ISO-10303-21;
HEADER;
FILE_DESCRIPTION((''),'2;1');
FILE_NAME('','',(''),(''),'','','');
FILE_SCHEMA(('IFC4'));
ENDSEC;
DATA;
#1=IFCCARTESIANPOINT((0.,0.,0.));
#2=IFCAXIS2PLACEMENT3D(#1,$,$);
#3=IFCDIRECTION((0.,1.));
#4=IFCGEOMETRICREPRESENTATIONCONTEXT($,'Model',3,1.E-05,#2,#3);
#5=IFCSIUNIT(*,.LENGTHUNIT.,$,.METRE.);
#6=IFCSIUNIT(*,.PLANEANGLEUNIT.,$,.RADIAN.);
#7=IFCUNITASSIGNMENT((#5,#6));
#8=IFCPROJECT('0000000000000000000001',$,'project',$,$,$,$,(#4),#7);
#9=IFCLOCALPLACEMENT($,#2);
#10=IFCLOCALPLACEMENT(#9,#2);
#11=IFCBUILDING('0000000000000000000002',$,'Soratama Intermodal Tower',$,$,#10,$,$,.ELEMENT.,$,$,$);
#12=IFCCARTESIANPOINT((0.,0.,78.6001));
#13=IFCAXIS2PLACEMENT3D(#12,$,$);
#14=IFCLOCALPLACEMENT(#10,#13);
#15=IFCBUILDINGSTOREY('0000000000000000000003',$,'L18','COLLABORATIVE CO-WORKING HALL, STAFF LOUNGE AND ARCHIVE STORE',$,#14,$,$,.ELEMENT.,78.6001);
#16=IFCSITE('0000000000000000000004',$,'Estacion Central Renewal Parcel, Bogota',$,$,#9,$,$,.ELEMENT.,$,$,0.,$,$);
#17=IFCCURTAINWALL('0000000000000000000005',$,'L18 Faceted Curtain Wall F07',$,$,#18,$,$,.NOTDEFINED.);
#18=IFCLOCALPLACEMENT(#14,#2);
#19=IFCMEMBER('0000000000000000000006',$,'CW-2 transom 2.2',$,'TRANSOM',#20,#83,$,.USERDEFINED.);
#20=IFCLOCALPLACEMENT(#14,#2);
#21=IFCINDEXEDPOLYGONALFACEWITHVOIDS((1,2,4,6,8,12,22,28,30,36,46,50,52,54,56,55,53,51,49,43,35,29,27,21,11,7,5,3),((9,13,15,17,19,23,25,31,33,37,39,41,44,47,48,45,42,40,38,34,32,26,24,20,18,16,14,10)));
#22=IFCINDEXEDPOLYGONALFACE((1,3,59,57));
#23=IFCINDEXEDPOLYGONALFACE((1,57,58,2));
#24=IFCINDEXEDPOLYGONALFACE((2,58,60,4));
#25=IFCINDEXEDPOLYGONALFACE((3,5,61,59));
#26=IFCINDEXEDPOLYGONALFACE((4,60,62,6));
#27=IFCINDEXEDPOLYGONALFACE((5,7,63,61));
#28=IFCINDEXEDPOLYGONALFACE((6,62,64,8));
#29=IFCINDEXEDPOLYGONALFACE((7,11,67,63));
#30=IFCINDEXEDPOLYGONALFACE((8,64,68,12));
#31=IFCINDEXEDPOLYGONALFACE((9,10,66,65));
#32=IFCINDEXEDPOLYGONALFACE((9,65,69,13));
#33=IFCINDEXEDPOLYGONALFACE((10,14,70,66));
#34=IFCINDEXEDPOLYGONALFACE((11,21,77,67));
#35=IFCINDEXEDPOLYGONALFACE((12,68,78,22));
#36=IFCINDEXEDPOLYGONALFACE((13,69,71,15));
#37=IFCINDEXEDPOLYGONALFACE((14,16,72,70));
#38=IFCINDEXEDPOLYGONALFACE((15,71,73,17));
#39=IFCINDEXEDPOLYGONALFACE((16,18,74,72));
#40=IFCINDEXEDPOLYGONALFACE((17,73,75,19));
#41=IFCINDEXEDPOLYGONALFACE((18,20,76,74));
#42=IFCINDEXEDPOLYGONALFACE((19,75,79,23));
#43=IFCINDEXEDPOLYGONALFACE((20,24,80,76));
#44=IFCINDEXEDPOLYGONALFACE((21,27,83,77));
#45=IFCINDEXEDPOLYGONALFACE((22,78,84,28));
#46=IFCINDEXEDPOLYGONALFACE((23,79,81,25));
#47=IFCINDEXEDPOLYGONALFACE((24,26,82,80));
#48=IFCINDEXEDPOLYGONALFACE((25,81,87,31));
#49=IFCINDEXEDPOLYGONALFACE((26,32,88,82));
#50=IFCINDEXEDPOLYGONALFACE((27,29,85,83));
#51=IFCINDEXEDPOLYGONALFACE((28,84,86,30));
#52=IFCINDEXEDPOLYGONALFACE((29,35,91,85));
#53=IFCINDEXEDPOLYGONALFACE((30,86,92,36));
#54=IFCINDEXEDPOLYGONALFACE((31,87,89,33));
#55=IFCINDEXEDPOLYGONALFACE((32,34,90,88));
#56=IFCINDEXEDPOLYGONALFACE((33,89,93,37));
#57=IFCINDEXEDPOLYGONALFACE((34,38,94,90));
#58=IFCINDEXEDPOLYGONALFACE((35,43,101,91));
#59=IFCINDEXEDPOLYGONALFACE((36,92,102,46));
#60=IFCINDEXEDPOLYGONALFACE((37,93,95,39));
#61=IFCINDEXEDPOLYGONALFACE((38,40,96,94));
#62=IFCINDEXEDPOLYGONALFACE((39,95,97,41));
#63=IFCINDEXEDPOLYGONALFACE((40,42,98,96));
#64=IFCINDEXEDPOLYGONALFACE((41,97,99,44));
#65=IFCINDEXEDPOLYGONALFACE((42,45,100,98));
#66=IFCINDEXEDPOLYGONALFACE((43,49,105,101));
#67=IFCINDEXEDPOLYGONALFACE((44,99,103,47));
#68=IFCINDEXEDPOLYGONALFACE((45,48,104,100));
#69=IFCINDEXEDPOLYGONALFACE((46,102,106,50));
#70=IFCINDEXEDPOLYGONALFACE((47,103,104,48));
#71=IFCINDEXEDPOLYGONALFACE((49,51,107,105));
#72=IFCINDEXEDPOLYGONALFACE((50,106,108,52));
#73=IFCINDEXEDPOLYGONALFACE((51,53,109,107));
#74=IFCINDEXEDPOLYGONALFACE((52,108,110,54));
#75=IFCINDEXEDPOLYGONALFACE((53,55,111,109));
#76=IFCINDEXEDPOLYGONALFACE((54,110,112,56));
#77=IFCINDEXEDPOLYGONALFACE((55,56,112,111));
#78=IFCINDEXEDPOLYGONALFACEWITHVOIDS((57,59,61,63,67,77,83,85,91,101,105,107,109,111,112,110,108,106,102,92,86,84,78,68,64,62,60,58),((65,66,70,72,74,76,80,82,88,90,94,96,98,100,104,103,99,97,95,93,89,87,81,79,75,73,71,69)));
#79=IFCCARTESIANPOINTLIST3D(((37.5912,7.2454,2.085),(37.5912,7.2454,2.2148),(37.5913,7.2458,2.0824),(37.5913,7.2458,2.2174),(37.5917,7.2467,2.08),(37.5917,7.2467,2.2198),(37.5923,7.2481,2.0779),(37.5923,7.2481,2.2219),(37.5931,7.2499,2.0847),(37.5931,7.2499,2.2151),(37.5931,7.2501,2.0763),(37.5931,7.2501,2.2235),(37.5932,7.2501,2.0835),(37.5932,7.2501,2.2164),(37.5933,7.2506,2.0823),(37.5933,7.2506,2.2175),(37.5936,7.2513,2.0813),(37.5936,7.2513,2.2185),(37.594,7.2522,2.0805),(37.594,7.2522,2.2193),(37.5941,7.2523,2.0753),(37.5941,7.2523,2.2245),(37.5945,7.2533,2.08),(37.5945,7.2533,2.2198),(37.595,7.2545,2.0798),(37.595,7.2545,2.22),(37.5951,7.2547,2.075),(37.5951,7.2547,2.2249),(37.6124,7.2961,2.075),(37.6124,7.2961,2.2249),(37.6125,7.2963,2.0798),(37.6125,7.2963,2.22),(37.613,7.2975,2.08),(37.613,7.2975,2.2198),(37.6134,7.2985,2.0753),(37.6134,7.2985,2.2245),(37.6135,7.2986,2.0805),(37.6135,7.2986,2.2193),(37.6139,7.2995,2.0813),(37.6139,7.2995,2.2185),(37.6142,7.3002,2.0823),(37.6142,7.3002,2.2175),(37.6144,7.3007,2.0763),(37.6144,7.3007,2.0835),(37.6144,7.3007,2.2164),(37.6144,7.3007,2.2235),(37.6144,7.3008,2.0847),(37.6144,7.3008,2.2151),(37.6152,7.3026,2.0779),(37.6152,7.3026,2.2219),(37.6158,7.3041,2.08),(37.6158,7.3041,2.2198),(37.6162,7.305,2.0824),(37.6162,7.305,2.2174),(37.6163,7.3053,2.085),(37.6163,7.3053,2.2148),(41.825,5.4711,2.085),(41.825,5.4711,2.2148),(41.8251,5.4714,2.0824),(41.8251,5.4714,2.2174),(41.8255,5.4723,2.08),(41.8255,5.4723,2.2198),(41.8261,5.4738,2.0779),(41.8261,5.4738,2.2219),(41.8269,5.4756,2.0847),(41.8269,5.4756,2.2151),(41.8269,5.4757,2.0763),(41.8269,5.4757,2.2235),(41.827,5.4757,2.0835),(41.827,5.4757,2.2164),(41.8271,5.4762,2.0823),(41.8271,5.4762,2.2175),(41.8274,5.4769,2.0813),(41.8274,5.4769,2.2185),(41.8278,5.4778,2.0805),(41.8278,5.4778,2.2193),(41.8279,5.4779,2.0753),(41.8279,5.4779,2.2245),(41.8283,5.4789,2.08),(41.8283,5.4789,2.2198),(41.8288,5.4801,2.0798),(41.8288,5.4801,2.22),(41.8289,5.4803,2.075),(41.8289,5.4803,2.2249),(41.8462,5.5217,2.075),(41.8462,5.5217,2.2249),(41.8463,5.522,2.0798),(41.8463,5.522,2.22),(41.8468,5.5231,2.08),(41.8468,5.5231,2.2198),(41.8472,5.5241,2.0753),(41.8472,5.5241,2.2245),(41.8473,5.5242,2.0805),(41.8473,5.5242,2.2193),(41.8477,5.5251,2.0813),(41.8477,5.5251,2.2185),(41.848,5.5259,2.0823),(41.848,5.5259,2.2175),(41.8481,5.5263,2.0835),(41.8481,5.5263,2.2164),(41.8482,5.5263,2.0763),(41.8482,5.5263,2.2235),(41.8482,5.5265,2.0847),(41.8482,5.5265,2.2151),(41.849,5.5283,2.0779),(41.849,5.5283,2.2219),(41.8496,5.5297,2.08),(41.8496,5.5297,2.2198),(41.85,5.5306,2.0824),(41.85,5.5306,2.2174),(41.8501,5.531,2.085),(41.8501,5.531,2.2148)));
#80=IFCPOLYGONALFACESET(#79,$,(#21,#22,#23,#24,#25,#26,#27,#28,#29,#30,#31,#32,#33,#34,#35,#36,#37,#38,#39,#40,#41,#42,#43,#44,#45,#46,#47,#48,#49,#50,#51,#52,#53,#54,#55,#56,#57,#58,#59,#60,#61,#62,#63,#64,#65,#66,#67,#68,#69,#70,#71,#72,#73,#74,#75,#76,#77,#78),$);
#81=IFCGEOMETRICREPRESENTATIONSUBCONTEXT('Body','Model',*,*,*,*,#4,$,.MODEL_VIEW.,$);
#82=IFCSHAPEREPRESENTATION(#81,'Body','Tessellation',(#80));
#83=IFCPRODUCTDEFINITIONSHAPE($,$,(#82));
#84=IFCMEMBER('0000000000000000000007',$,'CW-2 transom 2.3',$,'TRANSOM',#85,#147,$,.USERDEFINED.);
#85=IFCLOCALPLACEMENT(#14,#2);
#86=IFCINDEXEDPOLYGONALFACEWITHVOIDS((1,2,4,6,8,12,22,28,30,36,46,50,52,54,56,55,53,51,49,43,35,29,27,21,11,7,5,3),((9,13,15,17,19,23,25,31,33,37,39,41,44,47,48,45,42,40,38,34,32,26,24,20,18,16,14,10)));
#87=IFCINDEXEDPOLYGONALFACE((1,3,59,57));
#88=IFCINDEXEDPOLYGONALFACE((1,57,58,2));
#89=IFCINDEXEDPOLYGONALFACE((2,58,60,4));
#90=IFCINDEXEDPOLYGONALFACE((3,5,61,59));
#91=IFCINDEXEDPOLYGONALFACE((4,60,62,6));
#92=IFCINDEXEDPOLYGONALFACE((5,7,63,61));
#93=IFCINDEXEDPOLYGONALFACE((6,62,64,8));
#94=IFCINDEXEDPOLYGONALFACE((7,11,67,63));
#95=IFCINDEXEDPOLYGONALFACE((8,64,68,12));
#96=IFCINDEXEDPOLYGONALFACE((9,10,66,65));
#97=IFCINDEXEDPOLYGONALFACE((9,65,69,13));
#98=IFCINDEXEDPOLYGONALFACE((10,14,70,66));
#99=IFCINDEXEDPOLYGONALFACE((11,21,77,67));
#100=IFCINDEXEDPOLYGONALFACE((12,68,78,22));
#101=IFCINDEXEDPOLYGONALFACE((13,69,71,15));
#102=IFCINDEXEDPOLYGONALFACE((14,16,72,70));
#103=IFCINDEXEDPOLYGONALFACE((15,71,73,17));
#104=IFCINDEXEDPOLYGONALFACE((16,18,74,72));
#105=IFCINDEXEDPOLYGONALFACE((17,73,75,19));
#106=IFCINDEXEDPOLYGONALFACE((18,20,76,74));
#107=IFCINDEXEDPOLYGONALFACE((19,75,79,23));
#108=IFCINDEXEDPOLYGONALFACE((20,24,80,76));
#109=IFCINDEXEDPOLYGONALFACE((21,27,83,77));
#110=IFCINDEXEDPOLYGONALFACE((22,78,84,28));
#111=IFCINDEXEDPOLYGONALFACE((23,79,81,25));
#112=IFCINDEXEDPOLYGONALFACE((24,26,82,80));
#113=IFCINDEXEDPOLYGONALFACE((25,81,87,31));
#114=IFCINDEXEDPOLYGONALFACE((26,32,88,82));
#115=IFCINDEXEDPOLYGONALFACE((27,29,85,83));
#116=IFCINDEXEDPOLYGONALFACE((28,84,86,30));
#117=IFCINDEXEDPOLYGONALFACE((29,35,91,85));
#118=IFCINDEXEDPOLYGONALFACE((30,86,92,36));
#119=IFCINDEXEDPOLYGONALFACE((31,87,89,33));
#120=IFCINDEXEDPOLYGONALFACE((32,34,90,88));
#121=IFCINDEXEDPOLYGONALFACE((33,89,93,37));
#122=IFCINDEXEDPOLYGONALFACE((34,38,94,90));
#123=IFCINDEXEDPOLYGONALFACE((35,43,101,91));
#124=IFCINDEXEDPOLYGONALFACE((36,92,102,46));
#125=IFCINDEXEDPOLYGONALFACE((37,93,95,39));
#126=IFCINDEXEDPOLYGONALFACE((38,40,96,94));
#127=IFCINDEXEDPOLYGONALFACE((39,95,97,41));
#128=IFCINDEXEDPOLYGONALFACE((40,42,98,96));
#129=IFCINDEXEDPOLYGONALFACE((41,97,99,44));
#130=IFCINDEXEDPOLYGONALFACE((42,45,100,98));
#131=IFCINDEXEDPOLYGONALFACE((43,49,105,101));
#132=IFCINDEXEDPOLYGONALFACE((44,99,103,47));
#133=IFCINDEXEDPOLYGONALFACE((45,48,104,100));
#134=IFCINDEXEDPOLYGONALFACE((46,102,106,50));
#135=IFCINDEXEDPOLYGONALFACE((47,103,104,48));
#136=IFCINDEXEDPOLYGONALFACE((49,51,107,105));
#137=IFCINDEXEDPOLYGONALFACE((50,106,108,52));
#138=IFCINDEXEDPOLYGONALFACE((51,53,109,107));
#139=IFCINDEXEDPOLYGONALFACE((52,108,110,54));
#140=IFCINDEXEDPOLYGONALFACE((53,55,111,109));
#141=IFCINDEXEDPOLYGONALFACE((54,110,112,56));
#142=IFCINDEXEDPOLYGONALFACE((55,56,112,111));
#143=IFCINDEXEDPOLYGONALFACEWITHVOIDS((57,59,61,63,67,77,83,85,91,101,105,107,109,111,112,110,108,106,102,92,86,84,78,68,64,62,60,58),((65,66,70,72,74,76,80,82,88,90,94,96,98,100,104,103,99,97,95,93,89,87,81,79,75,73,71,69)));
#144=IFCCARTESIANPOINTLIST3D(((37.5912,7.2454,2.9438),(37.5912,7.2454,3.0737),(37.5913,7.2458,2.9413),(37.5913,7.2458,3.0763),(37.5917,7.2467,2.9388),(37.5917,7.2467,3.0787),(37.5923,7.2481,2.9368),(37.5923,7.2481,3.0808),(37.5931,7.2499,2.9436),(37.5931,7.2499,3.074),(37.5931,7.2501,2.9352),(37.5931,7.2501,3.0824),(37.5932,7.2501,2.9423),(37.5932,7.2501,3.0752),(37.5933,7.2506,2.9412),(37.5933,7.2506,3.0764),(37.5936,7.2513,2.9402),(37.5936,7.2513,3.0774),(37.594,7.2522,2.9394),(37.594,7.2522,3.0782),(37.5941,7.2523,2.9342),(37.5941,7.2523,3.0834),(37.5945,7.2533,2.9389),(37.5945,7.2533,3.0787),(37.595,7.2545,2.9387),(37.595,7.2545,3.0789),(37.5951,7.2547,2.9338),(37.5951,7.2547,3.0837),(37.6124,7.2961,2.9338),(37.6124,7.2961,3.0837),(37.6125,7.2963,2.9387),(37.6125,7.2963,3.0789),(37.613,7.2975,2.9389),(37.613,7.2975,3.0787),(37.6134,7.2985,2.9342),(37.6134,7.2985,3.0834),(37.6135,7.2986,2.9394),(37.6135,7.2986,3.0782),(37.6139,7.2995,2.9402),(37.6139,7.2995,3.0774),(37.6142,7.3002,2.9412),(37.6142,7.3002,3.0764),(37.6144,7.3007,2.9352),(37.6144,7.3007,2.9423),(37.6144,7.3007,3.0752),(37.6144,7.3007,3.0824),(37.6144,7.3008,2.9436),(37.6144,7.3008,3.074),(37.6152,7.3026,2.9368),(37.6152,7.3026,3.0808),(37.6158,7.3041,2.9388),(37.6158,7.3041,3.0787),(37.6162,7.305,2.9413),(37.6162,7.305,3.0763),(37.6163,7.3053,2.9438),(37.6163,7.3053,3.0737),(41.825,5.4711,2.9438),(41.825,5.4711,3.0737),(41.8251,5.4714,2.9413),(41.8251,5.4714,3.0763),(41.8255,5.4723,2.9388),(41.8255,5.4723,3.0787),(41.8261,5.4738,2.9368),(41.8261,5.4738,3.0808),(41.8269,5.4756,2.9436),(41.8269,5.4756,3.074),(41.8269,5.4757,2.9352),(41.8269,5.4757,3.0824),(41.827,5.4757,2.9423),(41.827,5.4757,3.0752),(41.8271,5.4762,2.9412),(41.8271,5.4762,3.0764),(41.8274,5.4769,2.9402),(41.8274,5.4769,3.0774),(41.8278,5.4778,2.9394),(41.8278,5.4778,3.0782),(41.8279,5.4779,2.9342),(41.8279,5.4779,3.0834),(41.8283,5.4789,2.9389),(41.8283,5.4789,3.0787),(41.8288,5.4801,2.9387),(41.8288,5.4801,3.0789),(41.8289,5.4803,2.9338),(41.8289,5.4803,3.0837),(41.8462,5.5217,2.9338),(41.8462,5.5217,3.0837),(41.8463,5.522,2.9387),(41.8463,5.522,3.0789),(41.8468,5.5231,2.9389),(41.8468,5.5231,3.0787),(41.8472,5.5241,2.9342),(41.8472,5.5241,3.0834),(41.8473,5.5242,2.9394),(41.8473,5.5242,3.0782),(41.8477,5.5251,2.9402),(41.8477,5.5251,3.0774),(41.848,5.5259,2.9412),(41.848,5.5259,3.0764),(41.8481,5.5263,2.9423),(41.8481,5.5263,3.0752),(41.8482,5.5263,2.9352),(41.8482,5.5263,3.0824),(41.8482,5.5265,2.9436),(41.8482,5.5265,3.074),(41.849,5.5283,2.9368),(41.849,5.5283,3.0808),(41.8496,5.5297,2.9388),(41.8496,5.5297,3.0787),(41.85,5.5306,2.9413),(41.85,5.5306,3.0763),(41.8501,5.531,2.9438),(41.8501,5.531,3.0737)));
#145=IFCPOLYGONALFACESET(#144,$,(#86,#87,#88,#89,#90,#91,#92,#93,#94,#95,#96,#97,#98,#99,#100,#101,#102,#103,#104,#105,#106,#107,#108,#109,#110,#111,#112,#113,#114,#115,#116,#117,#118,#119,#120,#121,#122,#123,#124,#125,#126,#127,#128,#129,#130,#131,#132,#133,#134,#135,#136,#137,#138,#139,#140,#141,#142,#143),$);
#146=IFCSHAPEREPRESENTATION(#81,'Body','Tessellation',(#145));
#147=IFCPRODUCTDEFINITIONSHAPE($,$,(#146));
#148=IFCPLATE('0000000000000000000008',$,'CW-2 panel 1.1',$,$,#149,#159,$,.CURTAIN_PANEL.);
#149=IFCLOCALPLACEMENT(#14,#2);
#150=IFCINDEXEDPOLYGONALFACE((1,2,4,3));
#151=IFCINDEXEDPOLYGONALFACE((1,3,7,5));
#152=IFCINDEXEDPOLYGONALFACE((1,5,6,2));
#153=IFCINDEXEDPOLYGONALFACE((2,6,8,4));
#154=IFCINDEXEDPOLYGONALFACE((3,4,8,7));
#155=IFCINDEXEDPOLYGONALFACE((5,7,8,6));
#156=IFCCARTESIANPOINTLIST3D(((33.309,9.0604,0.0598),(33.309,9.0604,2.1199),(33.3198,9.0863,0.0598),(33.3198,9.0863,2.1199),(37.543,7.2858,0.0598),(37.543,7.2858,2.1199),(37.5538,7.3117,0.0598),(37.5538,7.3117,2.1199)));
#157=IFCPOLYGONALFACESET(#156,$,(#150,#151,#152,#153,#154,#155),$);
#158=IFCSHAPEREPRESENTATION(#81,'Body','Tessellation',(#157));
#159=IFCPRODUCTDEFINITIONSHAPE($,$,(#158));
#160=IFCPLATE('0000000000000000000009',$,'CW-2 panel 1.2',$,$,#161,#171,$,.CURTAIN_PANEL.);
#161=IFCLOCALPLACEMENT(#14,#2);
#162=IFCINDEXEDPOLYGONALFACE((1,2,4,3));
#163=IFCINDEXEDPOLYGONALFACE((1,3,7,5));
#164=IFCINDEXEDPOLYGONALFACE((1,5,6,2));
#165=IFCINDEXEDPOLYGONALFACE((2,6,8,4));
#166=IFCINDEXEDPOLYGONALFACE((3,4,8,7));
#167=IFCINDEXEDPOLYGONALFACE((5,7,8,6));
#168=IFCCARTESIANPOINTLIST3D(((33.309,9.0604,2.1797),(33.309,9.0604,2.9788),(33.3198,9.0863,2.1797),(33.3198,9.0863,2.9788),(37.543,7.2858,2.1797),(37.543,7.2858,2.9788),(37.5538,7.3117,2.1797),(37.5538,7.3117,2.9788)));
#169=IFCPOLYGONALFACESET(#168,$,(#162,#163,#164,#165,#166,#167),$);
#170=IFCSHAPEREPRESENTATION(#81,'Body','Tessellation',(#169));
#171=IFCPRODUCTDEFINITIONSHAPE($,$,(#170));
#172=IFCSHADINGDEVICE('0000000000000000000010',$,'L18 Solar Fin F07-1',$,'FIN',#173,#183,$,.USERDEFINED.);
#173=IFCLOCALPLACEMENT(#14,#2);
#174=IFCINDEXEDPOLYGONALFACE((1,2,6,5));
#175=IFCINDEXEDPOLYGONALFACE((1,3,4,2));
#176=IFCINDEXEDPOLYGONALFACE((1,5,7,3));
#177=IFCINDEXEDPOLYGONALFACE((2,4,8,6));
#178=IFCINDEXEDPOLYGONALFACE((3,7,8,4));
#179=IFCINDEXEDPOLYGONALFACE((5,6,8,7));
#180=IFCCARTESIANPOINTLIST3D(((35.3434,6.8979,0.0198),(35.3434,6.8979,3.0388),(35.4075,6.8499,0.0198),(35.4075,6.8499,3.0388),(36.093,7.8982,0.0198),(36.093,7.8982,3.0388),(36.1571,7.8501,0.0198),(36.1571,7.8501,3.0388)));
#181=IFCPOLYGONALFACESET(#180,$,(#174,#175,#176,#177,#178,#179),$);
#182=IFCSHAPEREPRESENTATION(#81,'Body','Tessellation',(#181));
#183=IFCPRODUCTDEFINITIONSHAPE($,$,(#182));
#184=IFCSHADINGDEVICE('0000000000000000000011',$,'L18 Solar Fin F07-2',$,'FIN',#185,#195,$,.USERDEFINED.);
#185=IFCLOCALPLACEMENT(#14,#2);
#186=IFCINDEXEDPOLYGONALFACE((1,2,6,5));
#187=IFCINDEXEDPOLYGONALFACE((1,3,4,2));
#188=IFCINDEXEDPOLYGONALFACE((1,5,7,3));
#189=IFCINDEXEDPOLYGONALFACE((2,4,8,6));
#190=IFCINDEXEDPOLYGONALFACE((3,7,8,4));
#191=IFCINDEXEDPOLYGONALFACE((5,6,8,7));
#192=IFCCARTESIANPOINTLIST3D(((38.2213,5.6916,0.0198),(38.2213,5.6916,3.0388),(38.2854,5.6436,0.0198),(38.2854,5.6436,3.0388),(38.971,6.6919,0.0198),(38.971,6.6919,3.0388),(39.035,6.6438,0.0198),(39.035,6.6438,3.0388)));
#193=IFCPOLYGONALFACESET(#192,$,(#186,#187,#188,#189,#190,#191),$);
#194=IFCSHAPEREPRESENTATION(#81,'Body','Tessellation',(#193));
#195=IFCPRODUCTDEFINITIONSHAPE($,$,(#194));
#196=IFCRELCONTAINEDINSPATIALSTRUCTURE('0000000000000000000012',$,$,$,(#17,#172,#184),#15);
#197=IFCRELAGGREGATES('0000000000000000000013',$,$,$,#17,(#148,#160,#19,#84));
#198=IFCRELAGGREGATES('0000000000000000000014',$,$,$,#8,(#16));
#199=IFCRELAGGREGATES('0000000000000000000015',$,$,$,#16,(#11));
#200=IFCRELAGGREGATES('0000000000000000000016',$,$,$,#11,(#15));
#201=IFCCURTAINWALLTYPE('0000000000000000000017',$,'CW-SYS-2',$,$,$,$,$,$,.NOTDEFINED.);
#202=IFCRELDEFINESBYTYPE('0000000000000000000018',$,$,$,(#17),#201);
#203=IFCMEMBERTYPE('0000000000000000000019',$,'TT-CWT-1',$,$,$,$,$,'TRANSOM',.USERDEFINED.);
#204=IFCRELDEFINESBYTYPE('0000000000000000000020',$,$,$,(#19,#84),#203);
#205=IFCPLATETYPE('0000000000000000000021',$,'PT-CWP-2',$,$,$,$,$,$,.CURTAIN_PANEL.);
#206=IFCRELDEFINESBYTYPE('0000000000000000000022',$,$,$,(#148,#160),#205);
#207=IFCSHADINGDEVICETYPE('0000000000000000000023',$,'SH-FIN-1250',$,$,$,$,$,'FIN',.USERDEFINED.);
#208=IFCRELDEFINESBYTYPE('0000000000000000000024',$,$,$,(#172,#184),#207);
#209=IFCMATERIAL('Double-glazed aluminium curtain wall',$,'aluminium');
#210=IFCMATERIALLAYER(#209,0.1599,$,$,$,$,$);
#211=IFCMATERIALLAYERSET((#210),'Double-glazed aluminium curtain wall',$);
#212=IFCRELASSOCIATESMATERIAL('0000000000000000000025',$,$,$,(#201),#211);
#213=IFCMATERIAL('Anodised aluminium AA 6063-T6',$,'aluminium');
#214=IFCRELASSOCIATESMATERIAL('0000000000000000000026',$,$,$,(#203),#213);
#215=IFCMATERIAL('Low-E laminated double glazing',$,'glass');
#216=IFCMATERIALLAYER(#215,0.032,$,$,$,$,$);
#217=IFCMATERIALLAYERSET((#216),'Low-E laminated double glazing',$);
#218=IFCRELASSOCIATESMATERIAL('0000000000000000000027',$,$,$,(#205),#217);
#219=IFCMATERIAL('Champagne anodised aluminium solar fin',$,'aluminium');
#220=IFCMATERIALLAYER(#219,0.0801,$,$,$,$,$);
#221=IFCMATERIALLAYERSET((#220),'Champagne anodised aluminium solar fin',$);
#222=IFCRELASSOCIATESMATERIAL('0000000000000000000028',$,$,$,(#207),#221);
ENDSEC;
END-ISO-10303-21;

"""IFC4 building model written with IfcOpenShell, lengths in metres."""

from ifc_helpers import new_model, si_unit, direction, frame, origin, origin_2d, place, context, subcontext, project, spatial, rectangle, hollow_rectangle, extrude, material, layer, layer_set, material_profile, profile_set, type_object, element, aggregate, save


model = new_model("IFC4")

# Units and contexts
model_context = context("Model", 3, precision=1e-05, world=origin(), true_north=direction((0.0, 1.0)))
body_context = subcontext(model_context, "Body", "Model", "MODEL_VIEW")
ifc_project = project(units=[si_unit("LENGTHUNIT", "METRE"), si_unit("PLANEANGLEUNIT", "RADIAN")], contexts=[model_context])

# Site, building, storey
site_placement = place(None, origin())
site = spatial("IfcSite", under=ifc_project, at=site_placement, Name="Estacion Central Renewal Parcel, Bogota", CompositionType="ELEMENT", RefElevation=0.0)
building_placement = place(site_placement, origin())
building = spatial("IfcBuilding", under=site, at=building_placement, Name="Soratama Intermodal Tower", CompositionType="ELEMENT")
storey_placement = place(building_placement, frame((0.0, 0.0, 78.6001)))
storey = spatial("IfcBuildingStorey", under=building, at=storey_placement, Name="L18", Description="COLLABORATIVE CO-WORKING HALL, STAFF LOUNGE AND ARCHIVE STORE", CompositionType="ELEMENT", Elevation=78.6001)

# Curtain wall, members, plates
ifc_material_1 = material(Name="Double-glazed aluminium curtain wall", Category="aluminium")
ifc_layer_1 = layer(ifc_material_1, 0.1599)
ifc_layer_set_1 = layer_set([ifc_layer_1], Name="Double-glazed aluminium curtain wall")
curtain_wall_type = type_object("IfcCurtainWallType", Name="CW-SYS-2", PredefinedType="NOTDEFINED", material=ifc_layer_set_1)
curtain_wall_placement = place(storey_placement, origin())
curtain_wall = element("IfcCurtainWall", 1, at=curtain_wall_placement, inside=storey, type_object=curtain_wall_type, Name="L18 Faceted Curtain Wall F07", PredefinedType="NOTDEFINED")
ifc_material_2 = material(Name="Anodised aluminium AA 6063-T6", Category="aluminium")
ifc_material_profile_1 = material_profile(ifc_material_2, hollow_rectangle(XDim=0.0649, YDim=0.1499, WallThickness=0.0049, InnerFilletRadius=0.0049, OuterFilletRadius=0.01, at=origin_2d()), Name="CWT150X65X5")
ifc_profile_set_1 = profile_set([ifc_material_profile_1], Name="Anodised aluminium AA 6063-T6")
member_type_1 = type_object("IfcMemberType", Name="TT-CWT-1", ElementType="TRANSOM", PredefinedType="USERDEFINED", material=ifc_profile_set_1)
member_1_placement = place(storey_placement, frame((37.6038, 7.2754, 2.1499), z_axis=(0.922279, -0.386525, 0.0), x_axis=(0.386525, 0.922279, 0.0)))
member_1 = element("IfcMember", 2, at=member_1_placement, type_object=member_type_1, Name="CW-2 transom 2.2", ObjectType="TRANSOM", PredefinedType="USERDEFINED", context=body_context, shape_type="SweptSolid", body=[
    extrude(hollow_rectangle(XDim=0.0649, YDim=0.1499, WallThickness=0.0049, InnerFilletRadius=0.0049, OuterFilletRadius=0.01, at=origin_2d()), origin(), (0.0, 0.0, 1.0), 4.5906),
])
member_2_placement = place(storey_placement, frame((37.6038, 7.2754, 3.0088), z_axis=(0.922279, -0.386525, 0.0), x_axis=(0.386525, 0.922279, 0.0)))
member_2 = element("IfcMember", 3, at=member_2_placement, type_object=member_type_1, Name="CW-2 transom 2.3", ObjectType="TRANSOM", PredefinedType="USERDEFINED", context=body_context, shape_type="SweptSolid", body=[
    extrude(hollow_rectangle(XDim=0.0649, YDim=0.1499, WallThickness=0.0049, InnerFilletRadius=0.0049, OuterFilletRadius=0.01, at=origin_2d()), origin(), (0.0, 0.0, 1.0), 4.5906),
])
ifc_material_3 = material(Name="Low-E laminated double glazing", Category="glass")
ifc_layer_2 = layer(ifc_material_3, 0.032)
ifc_layer_set_2 = layer_set([ifc_layer_2], Name="Low-E laminated double glazing")
plate_type = type_object("IfcPlateType", Name="PT-CWP-2", PredefinedType="CURTAIN_PANEL", material=ifc_layer_set_2)
plate_1_placement = place(storey_placement, frame((35.4314, 8.186, 0.0598), z_axis=(0.0, 0.0, 1.0), x_axis=(0.922268, -0.386552, 0.0)))
plate_1 = element("IfcPlate", 4, at=plate_1_placement, type_object=plate_type, Name="CW-2 panel 1.1", PredefinedType="CURTAIN_PANEL", context=body_context, shape_type="SweptSolid", body=[
    extrude(rectangle(XDim=4.5908, YDim=0.0281, at=origin_2d()), origin(), (0.0, 0.0, 1.0), 2.0601),
])
plate_2_placement = place(storey_placement, frame((35.4314, 8.186, 2.1797), z_axis=(0.0, 0.0, 1.0), x_axis=(0.922268, -0.386552, 0.0)))
plate_2 = element("IfcPlate", 5, at=plate_2_placement, type_object=plate_type, Name="CW-2 panel 1.2", PredefinedType="CURTAIN_PANEL", context=body_context, shape_type="SweptSolid", body=[
    extrude(rectangle(XDim=4.5908, YDim=0.0281, at=origin_2d()), origin(), (0.0, 0.0, 1.0), 0.7991),
])
aggregate(curtain_wall, [plate_1, plate_2, member_1, member_2])

# Shading devices
ifc_material_4 = material(Name="Champagne anodised aluminium solar fin", Category="aluminium")
ifc_layer_3 = layer(ifc_material_4, 0.0801)
ifc_layer_set_3 = layer_set([ifc_layer_3], Name="Champagne anodised aluminium solar fin")
shading_device_type = type_object("IfcShadingDeviceType", Name="SH-FIN-1250", ElementType="FIN", PredefinedType="USERDEFINED", material=ifc_layer_set_3)
for number, where, z_axis, x_axis, name in (
    (6, (35.7502, 7.374, 0.0198), (0.0, 0.0, 1.0), (-0.599722, -0.800208, 0.0), "L18 Solar Fin F07-1"),
    (7, (38.6282, 6.1677, 0.0198), (0.0, 0.0, 1.0), (-0.599722, -0.800208, 0.0), "L18 Solar Fin F07-2"),
):
    element("IfcShadingDevice", number, at=place(storey_placement, frame(where, z_axis=z_axis, x_axis=x_axis)), inside=storey, type_object=shading_device_type, Name=name, ObjectType="FIN", PredefinedType="USERDEFINED", context=body_context, shape_type="SweptSolid", body=[
        extrude(rectangle(XDim=1.25, YDim=0.0801, at=origin_2d()), origin(), (0.0, 0.0, 1.0), 3.019),
    ])

save(model, "model.ifc")
